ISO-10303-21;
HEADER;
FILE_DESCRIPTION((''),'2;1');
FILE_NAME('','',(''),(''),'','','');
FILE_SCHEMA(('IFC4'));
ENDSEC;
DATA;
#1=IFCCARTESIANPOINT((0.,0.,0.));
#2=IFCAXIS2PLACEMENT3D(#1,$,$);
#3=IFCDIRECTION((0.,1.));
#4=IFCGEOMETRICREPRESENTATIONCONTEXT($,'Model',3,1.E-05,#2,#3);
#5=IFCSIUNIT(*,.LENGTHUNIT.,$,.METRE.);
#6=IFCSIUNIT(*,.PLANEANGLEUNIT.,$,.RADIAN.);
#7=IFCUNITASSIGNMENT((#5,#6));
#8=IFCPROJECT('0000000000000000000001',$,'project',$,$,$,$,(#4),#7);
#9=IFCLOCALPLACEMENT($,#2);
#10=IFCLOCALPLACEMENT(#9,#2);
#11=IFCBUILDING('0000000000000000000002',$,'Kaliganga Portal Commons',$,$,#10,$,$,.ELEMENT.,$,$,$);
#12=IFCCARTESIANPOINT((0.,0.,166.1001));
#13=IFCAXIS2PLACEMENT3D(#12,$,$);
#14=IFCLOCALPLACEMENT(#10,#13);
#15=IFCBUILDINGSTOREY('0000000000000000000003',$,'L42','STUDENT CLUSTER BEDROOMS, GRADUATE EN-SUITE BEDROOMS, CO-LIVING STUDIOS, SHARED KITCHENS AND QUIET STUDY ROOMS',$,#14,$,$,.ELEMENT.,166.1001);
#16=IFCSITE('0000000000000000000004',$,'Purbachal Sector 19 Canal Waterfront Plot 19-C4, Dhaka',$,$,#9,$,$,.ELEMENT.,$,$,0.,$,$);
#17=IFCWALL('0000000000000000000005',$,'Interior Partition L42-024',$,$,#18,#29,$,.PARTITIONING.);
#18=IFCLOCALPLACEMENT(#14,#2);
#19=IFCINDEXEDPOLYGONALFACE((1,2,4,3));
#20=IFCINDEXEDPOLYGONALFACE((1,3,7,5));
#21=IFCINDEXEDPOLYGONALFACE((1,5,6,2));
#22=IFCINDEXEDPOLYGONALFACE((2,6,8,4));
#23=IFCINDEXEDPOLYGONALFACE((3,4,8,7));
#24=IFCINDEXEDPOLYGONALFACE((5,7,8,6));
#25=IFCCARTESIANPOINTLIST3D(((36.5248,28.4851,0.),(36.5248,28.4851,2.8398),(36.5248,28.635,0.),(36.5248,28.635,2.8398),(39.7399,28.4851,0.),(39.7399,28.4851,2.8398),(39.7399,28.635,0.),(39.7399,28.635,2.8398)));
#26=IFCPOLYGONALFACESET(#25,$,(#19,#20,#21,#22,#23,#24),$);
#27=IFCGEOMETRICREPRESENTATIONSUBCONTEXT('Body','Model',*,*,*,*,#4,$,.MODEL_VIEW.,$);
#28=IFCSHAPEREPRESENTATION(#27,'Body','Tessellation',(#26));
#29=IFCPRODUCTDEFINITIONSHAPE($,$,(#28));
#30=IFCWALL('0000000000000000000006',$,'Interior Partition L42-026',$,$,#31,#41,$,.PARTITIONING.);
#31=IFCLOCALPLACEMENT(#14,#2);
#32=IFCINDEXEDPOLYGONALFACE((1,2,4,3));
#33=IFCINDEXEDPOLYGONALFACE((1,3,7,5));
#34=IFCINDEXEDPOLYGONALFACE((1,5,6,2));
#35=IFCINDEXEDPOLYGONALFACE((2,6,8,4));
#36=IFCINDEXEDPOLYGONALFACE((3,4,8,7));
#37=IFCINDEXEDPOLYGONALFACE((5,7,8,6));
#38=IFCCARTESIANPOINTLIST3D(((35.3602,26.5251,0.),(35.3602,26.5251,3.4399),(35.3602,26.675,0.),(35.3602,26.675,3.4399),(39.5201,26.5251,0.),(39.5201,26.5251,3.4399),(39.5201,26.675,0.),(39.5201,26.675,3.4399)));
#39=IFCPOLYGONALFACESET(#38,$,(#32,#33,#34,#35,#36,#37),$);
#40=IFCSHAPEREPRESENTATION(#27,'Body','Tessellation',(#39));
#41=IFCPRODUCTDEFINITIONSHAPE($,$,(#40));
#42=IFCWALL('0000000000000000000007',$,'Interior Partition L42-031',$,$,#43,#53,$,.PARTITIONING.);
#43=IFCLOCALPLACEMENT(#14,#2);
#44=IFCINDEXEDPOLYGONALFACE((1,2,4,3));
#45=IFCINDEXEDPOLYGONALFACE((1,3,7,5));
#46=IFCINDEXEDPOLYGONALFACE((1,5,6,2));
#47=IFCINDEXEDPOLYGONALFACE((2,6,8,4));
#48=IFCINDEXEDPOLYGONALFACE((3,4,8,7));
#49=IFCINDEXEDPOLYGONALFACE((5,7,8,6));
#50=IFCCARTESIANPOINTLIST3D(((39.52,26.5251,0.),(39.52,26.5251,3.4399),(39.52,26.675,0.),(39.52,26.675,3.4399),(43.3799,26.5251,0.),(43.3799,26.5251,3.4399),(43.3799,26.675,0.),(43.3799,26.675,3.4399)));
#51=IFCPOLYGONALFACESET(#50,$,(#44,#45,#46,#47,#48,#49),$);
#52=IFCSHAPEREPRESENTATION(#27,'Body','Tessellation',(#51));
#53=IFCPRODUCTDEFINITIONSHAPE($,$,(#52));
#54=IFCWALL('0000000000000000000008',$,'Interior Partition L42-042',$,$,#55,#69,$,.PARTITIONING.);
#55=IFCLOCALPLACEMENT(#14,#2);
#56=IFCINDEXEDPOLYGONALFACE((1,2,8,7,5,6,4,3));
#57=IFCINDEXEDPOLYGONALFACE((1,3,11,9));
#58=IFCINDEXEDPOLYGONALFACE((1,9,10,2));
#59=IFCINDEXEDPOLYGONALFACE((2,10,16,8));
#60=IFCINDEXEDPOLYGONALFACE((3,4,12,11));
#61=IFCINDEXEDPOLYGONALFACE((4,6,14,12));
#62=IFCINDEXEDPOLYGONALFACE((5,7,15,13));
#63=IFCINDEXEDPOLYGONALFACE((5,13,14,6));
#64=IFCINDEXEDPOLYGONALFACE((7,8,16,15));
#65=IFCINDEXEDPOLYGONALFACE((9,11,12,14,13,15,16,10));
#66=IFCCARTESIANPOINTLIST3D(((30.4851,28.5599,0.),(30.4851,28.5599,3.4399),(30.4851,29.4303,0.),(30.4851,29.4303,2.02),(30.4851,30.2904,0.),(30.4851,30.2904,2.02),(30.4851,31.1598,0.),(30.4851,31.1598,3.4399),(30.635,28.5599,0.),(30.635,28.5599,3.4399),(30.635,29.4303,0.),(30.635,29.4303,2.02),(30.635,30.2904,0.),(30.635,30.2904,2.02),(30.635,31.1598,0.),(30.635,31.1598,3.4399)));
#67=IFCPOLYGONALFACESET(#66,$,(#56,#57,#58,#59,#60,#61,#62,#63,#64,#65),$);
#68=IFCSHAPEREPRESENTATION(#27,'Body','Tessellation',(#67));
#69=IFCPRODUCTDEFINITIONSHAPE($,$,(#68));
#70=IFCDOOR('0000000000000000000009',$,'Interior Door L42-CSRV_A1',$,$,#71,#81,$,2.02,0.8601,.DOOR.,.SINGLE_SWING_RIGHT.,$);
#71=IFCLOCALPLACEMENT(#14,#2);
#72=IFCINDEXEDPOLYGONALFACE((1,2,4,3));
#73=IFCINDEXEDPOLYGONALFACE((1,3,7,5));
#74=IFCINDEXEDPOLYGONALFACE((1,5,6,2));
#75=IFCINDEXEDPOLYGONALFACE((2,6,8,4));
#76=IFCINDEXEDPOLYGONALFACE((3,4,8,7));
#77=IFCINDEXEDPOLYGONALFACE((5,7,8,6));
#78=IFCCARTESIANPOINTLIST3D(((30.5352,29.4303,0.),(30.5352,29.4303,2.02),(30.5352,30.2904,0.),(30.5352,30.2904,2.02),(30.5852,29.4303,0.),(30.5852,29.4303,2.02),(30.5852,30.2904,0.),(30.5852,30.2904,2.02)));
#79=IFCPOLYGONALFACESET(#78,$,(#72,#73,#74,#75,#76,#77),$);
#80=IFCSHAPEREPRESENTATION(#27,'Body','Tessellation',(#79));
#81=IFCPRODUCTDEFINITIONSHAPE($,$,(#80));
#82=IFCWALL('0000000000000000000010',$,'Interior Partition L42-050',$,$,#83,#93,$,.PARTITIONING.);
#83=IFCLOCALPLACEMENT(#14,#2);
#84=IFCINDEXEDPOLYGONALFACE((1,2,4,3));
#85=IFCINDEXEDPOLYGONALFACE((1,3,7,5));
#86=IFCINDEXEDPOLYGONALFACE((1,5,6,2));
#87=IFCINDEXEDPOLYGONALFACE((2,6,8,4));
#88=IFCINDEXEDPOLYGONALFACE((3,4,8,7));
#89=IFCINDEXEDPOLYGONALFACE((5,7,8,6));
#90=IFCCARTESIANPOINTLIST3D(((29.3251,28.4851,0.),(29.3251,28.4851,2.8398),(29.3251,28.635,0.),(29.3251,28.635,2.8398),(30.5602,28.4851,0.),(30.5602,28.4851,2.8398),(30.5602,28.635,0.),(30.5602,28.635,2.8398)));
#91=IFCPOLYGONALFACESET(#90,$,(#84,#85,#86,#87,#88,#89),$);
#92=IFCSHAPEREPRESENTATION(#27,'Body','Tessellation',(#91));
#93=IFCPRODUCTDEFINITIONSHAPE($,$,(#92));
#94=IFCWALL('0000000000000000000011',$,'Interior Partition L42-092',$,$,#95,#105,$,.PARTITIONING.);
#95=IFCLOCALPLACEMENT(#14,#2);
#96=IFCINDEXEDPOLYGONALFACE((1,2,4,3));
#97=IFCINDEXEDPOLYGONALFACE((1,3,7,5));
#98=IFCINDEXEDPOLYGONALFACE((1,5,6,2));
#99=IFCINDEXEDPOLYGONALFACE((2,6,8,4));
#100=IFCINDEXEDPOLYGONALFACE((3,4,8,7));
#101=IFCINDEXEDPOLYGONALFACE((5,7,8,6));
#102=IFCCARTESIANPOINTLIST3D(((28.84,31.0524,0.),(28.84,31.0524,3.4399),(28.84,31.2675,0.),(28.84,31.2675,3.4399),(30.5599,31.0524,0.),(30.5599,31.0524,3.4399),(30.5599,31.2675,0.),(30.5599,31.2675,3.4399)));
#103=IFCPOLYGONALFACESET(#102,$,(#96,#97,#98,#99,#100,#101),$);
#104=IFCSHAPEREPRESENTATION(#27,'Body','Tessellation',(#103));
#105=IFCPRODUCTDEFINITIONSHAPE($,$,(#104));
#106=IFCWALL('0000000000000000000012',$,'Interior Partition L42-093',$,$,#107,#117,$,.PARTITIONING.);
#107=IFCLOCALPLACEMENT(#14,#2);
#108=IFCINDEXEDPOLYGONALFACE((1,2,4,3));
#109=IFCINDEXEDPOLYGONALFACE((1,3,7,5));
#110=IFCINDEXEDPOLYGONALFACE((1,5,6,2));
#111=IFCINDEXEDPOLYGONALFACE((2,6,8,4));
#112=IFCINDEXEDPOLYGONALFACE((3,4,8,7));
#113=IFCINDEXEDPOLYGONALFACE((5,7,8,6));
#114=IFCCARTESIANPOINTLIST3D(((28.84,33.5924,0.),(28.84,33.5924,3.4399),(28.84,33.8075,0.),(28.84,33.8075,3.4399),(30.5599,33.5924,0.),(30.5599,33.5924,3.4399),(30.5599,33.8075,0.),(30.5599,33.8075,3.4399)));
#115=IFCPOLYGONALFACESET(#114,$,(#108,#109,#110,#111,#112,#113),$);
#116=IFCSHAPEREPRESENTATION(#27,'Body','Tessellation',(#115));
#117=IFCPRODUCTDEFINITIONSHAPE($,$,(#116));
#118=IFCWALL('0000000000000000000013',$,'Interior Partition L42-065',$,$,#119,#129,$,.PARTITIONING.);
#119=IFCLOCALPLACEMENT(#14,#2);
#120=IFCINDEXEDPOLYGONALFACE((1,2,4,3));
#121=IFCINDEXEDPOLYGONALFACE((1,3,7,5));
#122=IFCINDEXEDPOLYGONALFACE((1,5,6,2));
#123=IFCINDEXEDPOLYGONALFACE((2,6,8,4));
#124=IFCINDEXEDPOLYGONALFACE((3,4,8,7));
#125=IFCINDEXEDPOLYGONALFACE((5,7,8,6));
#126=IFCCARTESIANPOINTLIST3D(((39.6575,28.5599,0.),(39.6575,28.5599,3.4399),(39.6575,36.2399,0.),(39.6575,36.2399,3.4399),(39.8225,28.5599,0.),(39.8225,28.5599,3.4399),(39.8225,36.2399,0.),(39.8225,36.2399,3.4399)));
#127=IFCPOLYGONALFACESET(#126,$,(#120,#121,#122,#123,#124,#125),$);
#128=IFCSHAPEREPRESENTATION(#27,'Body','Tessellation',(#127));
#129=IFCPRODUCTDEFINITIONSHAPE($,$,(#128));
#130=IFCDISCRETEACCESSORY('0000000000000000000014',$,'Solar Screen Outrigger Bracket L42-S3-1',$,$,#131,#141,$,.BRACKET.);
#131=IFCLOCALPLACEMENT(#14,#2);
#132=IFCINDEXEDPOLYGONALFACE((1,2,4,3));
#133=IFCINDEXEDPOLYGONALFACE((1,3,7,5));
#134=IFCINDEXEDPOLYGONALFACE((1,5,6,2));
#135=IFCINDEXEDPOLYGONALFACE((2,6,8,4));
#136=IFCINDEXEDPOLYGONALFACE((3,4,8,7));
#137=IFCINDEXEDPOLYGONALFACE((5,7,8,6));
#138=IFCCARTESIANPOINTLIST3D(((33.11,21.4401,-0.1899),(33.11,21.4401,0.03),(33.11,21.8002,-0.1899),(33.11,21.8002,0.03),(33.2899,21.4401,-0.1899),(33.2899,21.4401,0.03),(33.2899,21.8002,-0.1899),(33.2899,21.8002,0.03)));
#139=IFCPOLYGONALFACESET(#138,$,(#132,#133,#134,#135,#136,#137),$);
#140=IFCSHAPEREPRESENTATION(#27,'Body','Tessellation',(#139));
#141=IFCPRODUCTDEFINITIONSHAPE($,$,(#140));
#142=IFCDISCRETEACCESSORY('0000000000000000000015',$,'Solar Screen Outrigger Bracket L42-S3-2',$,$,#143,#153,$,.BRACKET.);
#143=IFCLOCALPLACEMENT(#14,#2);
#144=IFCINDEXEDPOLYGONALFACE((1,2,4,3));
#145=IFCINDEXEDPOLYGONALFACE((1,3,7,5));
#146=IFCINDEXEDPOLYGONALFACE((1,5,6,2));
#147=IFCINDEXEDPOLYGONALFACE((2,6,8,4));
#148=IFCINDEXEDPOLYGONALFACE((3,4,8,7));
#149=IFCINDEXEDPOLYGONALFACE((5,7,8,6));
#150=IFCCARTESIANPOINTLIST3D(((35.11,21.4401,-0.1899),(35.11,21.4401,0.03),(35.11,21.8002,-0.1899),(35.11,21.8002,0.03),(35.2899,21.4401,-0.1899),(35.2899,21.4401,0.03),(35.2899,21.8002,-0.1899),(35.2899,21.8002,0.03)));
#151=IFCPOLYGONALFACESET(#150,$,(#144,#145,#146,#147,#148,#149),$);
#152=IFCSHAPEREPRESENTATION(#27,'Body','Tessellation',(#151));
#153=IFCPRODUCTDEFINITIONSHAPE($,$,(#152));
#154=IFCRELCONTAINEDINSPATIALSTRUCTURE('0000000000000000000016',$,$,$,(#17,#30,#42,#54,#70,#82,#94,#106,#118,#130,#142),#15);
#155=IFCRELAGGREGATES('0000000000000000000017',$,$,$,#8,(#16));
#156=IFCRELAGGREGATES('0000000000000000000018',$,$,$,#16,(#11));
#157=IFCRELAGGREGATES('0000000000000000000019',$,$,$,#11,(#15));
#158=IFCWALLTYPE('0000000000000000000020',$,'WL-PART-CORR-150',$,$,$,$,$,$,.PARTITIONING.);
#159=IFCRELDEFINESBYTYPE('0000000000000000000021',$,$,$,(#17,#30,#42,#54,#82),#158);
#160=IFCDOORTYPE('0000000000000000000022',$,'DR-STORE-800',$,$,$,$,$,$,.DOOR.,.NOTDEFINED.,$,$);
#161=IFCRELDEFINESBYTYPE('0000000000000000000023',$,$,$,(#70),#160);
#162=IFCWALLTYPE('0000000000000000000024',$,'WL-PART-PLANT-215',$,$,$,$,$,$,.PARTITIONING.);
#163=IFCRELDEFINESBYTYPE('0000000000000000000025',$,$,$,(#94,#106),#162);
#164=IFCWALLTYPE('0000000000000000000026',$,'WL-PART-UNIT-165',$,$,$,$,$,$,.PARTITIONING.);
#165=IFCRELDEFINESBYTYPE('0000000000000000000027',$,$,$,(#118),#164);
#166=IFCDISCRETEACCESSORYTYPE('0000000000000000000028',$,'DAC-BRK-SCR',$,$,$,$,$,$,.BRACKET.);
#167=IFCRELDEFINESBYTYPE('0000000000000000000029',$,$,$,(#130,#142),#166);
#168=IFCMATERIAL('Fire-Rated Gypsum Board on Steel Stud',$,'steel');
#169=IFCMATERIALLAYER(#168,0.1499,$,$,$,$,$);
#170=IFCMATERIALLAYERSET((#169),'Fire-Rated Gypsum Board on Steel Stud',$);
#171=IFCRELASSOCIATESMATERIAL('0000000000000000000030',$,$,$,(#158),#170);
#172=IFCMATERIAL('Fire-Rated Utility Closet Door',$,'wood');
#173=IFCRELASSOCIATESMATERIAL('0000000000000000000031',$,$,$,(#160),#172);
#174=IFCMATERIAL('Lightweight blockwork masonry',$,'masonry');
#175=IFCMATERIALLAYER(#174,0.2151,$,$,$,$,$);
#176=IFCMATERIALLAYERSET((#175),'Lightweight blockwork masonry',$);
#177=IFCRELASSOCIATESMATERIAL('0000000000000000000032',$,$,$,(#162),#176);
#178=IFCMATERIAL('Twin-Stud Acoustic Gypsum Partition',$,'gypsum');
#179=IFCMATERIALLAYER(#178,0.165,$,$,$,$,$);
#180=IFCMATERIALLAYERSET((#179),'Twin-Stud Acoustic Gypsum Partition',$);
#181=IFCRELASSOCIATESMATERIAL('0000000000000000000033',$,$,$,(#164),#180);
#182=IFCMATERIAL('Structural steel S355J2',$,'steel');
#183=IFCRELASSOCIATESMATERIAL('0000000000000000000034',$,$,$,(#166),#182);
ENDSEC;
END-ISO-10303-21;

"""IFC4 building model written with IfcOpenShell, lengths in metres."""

from ifc_helpers import new_model, si_unit, direction, frame, frame_2d, origin, origin_2d, place, context, subcontext, project, spatial, rectangle, extrude, source, transform, mapped, material, layer, layer_set, type_object, element, fill, save


model = new_model("IFC4")

# Units and contexts
model_context = context("Model", 3, precision=1e-05, world=origin(), true_north=direction((0.0, 1.0)))
body_context = subcontext(model_context, "Body", "Model", "MODEL_VIEW")
ifc_project = project(units=[si_unit("LENGTHUNIT", "METRE"), si_unit("PLANEANGLEUNIT", "RADIAN")], contexts=[model_context])

# Site, building, storey
site_placement = place(None, origin())
site = spatial("IfcSite", under=ifc_project, at=site_placement, Name="Purbachal Sector 19 Canal Waterfront Plot 19-C4, Dhaka", CompositionType="ELEMENT", RefElevation=0.0)
building_placement = place(site_placement, origin())
building = spatial("IfcBuilding", under=site, at=building_placement, Name="Kaliganga Portal Commons", CompositionType="ELEMENT")
storey_placement = place(building_placement, frame((0.0, 0.0, 166.1001)))
storey = spatial("IfcBuildingStorey", under=building, at=storey_placement, Name="L42", Description="STUDENT CLUSTER BEDROOMS, GRADUATE EN-SUITE BEDROOMS, CO-LIVING STUDIOS, SHARED KITCHENS AND QUIET STUDY ROOMS", CompositionType="ELEMENT", Elevation=166.1001)

# Shared definitions
ifc_material_1 = material(Name="Structural steel S355J2", Category="steel")

# Shared definitions
ifc_material_2 = material(Name="Fire-Rated Gypsum Board on Steel Stud", Category="steel")
ifc_layer_1 = layer(ifc_material_2, 0.1499)
ifc_layer_set_1 = layer_set([ifc_layer_1], Name="Fire-Rated Gypsum Board on Steel Stud")
wall_type_1 = type_object("IfcWallType", Name="WL-PART-CORR-150", PredefinedType="PARTITIONING", material=ifc_layer_set_1)

# Walls
wall_1_placement = place(storey_placement, frame((36.5249, 28.5601, 0.0), z_axis=(0.0, 0.0, 1.0), x_axis=(1.0, 0.0, 0.0)))
element("IfcWall", 1, at=wall_1_placement, inside=storey, type_object=wall_type_1, Name="Interior Partition L42-024", PredefinedType="PARTITIONING", context=body_context, shape_type="SweptSolid", body=[
    extrude(rectangle(XDim=3.2151, YDim=0.1499, at=frame_2d((1.6074, 0.0))), origin(), (0.0, 0.0, 1.0), 2.8398),
])
wall_2_placement = place(storey_placement, frame((35.3601, 26.6001, 0.0), z_axis=(0.0, 0.0, 1.0), x_axis=(1.0, 0.0, 0.0)))
element("IfcWall", 2, at=wall_2_placement, inside=storey, type_object=wall_type_1, Name="Interior Partition L42-026", PredefinedType="PARTITIONING", context=body_context, shape_type="SweptSolid", body=[
    extrude(rectangle(XDim=4.1599, YDim=0.1499, at=frame_2d((2.0801, 0.0))), origin(), (0.0, 0.0, 1.0), 3.4399),
])

# Wall
wall_3_placement = place(storey_placement, frame((39.52, 26.6001, 0.0), z_axis=(0.0, 0.0, 1.0), x_axis=(1.0, 0.0, 0.0)))
element("IfcWall", 3, at=wall_3_placement, inside=storey, type_object=wall_type_1, Name="Interior Partition L42-031", PredefinedType="PARTITIONING", context=body_context, shape_type="SweptSolid", body=[
    extrude(rectangle(XDim=3.8599, YDim=0.1499, at=frame_2d((1.9299, 0.0))), origin(), (0.0, 0.0, 1.0), 3.4399),
])

# Wall, opening, door
wall_4_placement = place(storey_placement, frame((30.5601, 28.5601, 0.0), z_axis=(0.0, 0.0, 1.0), x_axis=(0.0, 1.0, 0.0)))
wall_4 = element("IfcWall", 4, at=wall_4_placement, inside=storey, type_object=wall_type_1, Name="Interior Partition L42-042", PredefinedType="PARTITIONING", context=body_context, shape_type="SweptSolid", body=[
    extrude(rectangle(XDim=2.5999, YDim=0.1499, at=frame_2d((1.2998, 0.0))), origin(), (0.0, 0.0, 1.0), 3.4399),
])
opening_1_placement = place(wall_4_placement, frame((0.8701, 0.0, 0.0)))
opening_1 = element("IfcOpeningElement", 5, at=opening_1_placement, cuts=wall_4, PredefinedType="OPENING", context=body_context, shape_type="SweptSolid", body=[
    extrude(rectangle(XDim=0.8601, YDim=2.02, at=frame_2d((0.4302, 1.01))), frame((0.0, 0.085, 0.0), z_axis=(0.0, -1.0, 0.0), x_axis=(1.0, 0.0, 0.0)), (0.0, 0.0, 1.0), 0.1699),
])
ifc_material_3 = material(Name="Fire-Rated Utility Closet Door", Category="wood")
door_type_1 = type_object("IfcDoorType", Name="DR-STORE-800", OperationType="NOTDEFINED", PredefinedType="DOOR", material=ifc_material_3)
door_1_placement = place(opening_1_placement, origin())
door_1 = element("IfcDoor", 6, at=door_1_placement, inside=storey, type_object=door_type_1, Name="Interior Door L42-CSRV_A1", OperationType="SINGLE_SWING_RIGHT", OverallHeight=2.02, OverallWidth=0.8601, PredefinedType="DOOR", context=body_context, shape_type="SweptSolid", body=[
    extrude(rectangle(XDim=0.8601, YDim=2.02, at=frame_2d((0.4302, 1.01))), frame((0.0, 0.0249, 0.0), z_axis=(0.0, -1.0, 0.0), x_axis=(1.0, 0.0, 0.0)), (0.0, 0.0, 1.0), 0.05),
])
fill(opening_1, door_1)

# Wall
wall_5_placement = place(storey_placement, frame((29.325, 28.5601, 0.0), z_axis=(0.0, 0.0, 1.0), x_axis=(1.0, 0.0, 0.0)))
element("IfcWall", 7, at=wall_5_placement, inside=storey, type_object=wall_type_1, Name="Interior Partition L42-050", PredefinedType="PARTITIONING", context=body_context, shape_type="SweptSolid", body=[
    extrude(rectangle(XDim=1.2351, YDim=0.1499, at=frame_2d((0.6177, 0.0))), origin(), (0.0, 0.0, 1.0), 2.8398),
])

# Shared definitions
ifc_material_4 = material(Name="Lightweight blockwork masonry", Category="masonry")
ifc_layer_2 = layer(ifc_material_4, 0.2151)
ifc_layer_set_2 = layer_set([ifc_layer_2], Name="Lightweight blockwork masonry")
wall_type_2 = type_object("IfcWallType", Name="WL-PART-PLANT-215", PredefinedType="PARTITIONING", material=ifc_layer_set_2)

# Walls
for number, where, z_axis, x_axis, name in (
    (8, (28.8401, 31.1599, 0.0), (0.0, 0.0, 1.0), (1.0, 0.0, 0.0), "Interior Partition L42-092"),
    (9, (28.8401, 33.7, 0.0), (0.0, 0.0, 1.0), (1.0, 0.0, 0.0), "Interior Partition L42-093"),
):
    element("IfcWall", number, at=place(storey_placement, frame(where, z_axis=z_axis, x_axis=x_axis)), inside=storey, type_object=wall_type_2, Name=name, PredefinedType="PARTITIONING", context=body_context, shape_type="SweptSolid", body=[
        extrude(rectangle(XDim=1.72, YDim=0.2151, at=frame_2d((0.8599, 0.0))), origin(), (0.0, 0.0, 1.0), 3.4399),
    ])
ifc_material_5 = material(Name="Twin-Stud Acoustic Gypsum Partition", Category="gypsum")
ifc_layer_3 = layer(ifc_material_5, 0.165)
ifc_layer_set_3 = layer_set([ifc_layer_3], Name="Twin-Stud Acoustic Gypsum Partition")
wall_type_3 = type_object("IfcWallType", Name="WL-PART-UNIT-165", PredefinedType="PARTITIONING", material=ifc_layer_set_3)
wall_6_placement = place(storey_placement, frame((39.74, 28.5601, 0.0), z_axis=(0.0, 0.0, 1.0), x_axis=(0.0, 1.0, 0.0)))
element("IfcWall", 10, at=wall_6_placement, inside=storey, type_object=wall_type_3, Name="Interior Partition L42-065", PredefinedType="PARTITIONING", context=body_context, shape_type="SweptSolid", body=[
    extrude(rectangle(XDim=7.6799, YDim=0.165, at=frame_2d((3.8398, 0.0))), origin(), (0.0, 0.0, 1.0), 3.4399),
])

# Discrete accessories
discrete_accessory_type = type_object("IfcDiscreteAccessoryType", Name="DAC-BRK-SCR", PredefinedType="BRACKET", material=ifc_material_1)
shared_shape_1 = source(origin(), body_context, "Body", "SweptSolid", [
    extrude(rectangle(XDim=0.1799, YDim=0.3601, at=origin_2d()), origin(), (0.0, 0.0, 1.0), 0.22),
])
for number, where, z_axis, x_axis, name in (
    (11, (33.2, 21.6201, -0.1899), (0.0, 0.0, 1.0), (1.0, 0.0, 0.0), "Solar Screen Outrigger Bracket L42-S3-1"),
    (12, (35.2, 21.6201, -0.1899), (0.0, 0.0, 1.0), (1.0, 0.0, 0.0), "Solar Screen Outrigger Bracket L42-S3-2"),
):
    element("IfcDiscreteAccessory", number, at=place(storey_placement, frame(where, z_axis=z_axis, x_axis=x_axis)), inside=storey, type_object=discrete_accessory_type, Name=name, PredefinedType="BRACKET", context=body_context, shape_type="MappedRepresentation", body=[
        mapped(shared_shape_1, transform((0.0, 0.0, 0.0), x_axis=(1.0, 0.0, 0.0), y_axis=(0.0, 1.0, 0.0), z_axis=(0.0, 0.0, 1.0), scale=1.0)),
    ])

save(model, "model.ifc")
